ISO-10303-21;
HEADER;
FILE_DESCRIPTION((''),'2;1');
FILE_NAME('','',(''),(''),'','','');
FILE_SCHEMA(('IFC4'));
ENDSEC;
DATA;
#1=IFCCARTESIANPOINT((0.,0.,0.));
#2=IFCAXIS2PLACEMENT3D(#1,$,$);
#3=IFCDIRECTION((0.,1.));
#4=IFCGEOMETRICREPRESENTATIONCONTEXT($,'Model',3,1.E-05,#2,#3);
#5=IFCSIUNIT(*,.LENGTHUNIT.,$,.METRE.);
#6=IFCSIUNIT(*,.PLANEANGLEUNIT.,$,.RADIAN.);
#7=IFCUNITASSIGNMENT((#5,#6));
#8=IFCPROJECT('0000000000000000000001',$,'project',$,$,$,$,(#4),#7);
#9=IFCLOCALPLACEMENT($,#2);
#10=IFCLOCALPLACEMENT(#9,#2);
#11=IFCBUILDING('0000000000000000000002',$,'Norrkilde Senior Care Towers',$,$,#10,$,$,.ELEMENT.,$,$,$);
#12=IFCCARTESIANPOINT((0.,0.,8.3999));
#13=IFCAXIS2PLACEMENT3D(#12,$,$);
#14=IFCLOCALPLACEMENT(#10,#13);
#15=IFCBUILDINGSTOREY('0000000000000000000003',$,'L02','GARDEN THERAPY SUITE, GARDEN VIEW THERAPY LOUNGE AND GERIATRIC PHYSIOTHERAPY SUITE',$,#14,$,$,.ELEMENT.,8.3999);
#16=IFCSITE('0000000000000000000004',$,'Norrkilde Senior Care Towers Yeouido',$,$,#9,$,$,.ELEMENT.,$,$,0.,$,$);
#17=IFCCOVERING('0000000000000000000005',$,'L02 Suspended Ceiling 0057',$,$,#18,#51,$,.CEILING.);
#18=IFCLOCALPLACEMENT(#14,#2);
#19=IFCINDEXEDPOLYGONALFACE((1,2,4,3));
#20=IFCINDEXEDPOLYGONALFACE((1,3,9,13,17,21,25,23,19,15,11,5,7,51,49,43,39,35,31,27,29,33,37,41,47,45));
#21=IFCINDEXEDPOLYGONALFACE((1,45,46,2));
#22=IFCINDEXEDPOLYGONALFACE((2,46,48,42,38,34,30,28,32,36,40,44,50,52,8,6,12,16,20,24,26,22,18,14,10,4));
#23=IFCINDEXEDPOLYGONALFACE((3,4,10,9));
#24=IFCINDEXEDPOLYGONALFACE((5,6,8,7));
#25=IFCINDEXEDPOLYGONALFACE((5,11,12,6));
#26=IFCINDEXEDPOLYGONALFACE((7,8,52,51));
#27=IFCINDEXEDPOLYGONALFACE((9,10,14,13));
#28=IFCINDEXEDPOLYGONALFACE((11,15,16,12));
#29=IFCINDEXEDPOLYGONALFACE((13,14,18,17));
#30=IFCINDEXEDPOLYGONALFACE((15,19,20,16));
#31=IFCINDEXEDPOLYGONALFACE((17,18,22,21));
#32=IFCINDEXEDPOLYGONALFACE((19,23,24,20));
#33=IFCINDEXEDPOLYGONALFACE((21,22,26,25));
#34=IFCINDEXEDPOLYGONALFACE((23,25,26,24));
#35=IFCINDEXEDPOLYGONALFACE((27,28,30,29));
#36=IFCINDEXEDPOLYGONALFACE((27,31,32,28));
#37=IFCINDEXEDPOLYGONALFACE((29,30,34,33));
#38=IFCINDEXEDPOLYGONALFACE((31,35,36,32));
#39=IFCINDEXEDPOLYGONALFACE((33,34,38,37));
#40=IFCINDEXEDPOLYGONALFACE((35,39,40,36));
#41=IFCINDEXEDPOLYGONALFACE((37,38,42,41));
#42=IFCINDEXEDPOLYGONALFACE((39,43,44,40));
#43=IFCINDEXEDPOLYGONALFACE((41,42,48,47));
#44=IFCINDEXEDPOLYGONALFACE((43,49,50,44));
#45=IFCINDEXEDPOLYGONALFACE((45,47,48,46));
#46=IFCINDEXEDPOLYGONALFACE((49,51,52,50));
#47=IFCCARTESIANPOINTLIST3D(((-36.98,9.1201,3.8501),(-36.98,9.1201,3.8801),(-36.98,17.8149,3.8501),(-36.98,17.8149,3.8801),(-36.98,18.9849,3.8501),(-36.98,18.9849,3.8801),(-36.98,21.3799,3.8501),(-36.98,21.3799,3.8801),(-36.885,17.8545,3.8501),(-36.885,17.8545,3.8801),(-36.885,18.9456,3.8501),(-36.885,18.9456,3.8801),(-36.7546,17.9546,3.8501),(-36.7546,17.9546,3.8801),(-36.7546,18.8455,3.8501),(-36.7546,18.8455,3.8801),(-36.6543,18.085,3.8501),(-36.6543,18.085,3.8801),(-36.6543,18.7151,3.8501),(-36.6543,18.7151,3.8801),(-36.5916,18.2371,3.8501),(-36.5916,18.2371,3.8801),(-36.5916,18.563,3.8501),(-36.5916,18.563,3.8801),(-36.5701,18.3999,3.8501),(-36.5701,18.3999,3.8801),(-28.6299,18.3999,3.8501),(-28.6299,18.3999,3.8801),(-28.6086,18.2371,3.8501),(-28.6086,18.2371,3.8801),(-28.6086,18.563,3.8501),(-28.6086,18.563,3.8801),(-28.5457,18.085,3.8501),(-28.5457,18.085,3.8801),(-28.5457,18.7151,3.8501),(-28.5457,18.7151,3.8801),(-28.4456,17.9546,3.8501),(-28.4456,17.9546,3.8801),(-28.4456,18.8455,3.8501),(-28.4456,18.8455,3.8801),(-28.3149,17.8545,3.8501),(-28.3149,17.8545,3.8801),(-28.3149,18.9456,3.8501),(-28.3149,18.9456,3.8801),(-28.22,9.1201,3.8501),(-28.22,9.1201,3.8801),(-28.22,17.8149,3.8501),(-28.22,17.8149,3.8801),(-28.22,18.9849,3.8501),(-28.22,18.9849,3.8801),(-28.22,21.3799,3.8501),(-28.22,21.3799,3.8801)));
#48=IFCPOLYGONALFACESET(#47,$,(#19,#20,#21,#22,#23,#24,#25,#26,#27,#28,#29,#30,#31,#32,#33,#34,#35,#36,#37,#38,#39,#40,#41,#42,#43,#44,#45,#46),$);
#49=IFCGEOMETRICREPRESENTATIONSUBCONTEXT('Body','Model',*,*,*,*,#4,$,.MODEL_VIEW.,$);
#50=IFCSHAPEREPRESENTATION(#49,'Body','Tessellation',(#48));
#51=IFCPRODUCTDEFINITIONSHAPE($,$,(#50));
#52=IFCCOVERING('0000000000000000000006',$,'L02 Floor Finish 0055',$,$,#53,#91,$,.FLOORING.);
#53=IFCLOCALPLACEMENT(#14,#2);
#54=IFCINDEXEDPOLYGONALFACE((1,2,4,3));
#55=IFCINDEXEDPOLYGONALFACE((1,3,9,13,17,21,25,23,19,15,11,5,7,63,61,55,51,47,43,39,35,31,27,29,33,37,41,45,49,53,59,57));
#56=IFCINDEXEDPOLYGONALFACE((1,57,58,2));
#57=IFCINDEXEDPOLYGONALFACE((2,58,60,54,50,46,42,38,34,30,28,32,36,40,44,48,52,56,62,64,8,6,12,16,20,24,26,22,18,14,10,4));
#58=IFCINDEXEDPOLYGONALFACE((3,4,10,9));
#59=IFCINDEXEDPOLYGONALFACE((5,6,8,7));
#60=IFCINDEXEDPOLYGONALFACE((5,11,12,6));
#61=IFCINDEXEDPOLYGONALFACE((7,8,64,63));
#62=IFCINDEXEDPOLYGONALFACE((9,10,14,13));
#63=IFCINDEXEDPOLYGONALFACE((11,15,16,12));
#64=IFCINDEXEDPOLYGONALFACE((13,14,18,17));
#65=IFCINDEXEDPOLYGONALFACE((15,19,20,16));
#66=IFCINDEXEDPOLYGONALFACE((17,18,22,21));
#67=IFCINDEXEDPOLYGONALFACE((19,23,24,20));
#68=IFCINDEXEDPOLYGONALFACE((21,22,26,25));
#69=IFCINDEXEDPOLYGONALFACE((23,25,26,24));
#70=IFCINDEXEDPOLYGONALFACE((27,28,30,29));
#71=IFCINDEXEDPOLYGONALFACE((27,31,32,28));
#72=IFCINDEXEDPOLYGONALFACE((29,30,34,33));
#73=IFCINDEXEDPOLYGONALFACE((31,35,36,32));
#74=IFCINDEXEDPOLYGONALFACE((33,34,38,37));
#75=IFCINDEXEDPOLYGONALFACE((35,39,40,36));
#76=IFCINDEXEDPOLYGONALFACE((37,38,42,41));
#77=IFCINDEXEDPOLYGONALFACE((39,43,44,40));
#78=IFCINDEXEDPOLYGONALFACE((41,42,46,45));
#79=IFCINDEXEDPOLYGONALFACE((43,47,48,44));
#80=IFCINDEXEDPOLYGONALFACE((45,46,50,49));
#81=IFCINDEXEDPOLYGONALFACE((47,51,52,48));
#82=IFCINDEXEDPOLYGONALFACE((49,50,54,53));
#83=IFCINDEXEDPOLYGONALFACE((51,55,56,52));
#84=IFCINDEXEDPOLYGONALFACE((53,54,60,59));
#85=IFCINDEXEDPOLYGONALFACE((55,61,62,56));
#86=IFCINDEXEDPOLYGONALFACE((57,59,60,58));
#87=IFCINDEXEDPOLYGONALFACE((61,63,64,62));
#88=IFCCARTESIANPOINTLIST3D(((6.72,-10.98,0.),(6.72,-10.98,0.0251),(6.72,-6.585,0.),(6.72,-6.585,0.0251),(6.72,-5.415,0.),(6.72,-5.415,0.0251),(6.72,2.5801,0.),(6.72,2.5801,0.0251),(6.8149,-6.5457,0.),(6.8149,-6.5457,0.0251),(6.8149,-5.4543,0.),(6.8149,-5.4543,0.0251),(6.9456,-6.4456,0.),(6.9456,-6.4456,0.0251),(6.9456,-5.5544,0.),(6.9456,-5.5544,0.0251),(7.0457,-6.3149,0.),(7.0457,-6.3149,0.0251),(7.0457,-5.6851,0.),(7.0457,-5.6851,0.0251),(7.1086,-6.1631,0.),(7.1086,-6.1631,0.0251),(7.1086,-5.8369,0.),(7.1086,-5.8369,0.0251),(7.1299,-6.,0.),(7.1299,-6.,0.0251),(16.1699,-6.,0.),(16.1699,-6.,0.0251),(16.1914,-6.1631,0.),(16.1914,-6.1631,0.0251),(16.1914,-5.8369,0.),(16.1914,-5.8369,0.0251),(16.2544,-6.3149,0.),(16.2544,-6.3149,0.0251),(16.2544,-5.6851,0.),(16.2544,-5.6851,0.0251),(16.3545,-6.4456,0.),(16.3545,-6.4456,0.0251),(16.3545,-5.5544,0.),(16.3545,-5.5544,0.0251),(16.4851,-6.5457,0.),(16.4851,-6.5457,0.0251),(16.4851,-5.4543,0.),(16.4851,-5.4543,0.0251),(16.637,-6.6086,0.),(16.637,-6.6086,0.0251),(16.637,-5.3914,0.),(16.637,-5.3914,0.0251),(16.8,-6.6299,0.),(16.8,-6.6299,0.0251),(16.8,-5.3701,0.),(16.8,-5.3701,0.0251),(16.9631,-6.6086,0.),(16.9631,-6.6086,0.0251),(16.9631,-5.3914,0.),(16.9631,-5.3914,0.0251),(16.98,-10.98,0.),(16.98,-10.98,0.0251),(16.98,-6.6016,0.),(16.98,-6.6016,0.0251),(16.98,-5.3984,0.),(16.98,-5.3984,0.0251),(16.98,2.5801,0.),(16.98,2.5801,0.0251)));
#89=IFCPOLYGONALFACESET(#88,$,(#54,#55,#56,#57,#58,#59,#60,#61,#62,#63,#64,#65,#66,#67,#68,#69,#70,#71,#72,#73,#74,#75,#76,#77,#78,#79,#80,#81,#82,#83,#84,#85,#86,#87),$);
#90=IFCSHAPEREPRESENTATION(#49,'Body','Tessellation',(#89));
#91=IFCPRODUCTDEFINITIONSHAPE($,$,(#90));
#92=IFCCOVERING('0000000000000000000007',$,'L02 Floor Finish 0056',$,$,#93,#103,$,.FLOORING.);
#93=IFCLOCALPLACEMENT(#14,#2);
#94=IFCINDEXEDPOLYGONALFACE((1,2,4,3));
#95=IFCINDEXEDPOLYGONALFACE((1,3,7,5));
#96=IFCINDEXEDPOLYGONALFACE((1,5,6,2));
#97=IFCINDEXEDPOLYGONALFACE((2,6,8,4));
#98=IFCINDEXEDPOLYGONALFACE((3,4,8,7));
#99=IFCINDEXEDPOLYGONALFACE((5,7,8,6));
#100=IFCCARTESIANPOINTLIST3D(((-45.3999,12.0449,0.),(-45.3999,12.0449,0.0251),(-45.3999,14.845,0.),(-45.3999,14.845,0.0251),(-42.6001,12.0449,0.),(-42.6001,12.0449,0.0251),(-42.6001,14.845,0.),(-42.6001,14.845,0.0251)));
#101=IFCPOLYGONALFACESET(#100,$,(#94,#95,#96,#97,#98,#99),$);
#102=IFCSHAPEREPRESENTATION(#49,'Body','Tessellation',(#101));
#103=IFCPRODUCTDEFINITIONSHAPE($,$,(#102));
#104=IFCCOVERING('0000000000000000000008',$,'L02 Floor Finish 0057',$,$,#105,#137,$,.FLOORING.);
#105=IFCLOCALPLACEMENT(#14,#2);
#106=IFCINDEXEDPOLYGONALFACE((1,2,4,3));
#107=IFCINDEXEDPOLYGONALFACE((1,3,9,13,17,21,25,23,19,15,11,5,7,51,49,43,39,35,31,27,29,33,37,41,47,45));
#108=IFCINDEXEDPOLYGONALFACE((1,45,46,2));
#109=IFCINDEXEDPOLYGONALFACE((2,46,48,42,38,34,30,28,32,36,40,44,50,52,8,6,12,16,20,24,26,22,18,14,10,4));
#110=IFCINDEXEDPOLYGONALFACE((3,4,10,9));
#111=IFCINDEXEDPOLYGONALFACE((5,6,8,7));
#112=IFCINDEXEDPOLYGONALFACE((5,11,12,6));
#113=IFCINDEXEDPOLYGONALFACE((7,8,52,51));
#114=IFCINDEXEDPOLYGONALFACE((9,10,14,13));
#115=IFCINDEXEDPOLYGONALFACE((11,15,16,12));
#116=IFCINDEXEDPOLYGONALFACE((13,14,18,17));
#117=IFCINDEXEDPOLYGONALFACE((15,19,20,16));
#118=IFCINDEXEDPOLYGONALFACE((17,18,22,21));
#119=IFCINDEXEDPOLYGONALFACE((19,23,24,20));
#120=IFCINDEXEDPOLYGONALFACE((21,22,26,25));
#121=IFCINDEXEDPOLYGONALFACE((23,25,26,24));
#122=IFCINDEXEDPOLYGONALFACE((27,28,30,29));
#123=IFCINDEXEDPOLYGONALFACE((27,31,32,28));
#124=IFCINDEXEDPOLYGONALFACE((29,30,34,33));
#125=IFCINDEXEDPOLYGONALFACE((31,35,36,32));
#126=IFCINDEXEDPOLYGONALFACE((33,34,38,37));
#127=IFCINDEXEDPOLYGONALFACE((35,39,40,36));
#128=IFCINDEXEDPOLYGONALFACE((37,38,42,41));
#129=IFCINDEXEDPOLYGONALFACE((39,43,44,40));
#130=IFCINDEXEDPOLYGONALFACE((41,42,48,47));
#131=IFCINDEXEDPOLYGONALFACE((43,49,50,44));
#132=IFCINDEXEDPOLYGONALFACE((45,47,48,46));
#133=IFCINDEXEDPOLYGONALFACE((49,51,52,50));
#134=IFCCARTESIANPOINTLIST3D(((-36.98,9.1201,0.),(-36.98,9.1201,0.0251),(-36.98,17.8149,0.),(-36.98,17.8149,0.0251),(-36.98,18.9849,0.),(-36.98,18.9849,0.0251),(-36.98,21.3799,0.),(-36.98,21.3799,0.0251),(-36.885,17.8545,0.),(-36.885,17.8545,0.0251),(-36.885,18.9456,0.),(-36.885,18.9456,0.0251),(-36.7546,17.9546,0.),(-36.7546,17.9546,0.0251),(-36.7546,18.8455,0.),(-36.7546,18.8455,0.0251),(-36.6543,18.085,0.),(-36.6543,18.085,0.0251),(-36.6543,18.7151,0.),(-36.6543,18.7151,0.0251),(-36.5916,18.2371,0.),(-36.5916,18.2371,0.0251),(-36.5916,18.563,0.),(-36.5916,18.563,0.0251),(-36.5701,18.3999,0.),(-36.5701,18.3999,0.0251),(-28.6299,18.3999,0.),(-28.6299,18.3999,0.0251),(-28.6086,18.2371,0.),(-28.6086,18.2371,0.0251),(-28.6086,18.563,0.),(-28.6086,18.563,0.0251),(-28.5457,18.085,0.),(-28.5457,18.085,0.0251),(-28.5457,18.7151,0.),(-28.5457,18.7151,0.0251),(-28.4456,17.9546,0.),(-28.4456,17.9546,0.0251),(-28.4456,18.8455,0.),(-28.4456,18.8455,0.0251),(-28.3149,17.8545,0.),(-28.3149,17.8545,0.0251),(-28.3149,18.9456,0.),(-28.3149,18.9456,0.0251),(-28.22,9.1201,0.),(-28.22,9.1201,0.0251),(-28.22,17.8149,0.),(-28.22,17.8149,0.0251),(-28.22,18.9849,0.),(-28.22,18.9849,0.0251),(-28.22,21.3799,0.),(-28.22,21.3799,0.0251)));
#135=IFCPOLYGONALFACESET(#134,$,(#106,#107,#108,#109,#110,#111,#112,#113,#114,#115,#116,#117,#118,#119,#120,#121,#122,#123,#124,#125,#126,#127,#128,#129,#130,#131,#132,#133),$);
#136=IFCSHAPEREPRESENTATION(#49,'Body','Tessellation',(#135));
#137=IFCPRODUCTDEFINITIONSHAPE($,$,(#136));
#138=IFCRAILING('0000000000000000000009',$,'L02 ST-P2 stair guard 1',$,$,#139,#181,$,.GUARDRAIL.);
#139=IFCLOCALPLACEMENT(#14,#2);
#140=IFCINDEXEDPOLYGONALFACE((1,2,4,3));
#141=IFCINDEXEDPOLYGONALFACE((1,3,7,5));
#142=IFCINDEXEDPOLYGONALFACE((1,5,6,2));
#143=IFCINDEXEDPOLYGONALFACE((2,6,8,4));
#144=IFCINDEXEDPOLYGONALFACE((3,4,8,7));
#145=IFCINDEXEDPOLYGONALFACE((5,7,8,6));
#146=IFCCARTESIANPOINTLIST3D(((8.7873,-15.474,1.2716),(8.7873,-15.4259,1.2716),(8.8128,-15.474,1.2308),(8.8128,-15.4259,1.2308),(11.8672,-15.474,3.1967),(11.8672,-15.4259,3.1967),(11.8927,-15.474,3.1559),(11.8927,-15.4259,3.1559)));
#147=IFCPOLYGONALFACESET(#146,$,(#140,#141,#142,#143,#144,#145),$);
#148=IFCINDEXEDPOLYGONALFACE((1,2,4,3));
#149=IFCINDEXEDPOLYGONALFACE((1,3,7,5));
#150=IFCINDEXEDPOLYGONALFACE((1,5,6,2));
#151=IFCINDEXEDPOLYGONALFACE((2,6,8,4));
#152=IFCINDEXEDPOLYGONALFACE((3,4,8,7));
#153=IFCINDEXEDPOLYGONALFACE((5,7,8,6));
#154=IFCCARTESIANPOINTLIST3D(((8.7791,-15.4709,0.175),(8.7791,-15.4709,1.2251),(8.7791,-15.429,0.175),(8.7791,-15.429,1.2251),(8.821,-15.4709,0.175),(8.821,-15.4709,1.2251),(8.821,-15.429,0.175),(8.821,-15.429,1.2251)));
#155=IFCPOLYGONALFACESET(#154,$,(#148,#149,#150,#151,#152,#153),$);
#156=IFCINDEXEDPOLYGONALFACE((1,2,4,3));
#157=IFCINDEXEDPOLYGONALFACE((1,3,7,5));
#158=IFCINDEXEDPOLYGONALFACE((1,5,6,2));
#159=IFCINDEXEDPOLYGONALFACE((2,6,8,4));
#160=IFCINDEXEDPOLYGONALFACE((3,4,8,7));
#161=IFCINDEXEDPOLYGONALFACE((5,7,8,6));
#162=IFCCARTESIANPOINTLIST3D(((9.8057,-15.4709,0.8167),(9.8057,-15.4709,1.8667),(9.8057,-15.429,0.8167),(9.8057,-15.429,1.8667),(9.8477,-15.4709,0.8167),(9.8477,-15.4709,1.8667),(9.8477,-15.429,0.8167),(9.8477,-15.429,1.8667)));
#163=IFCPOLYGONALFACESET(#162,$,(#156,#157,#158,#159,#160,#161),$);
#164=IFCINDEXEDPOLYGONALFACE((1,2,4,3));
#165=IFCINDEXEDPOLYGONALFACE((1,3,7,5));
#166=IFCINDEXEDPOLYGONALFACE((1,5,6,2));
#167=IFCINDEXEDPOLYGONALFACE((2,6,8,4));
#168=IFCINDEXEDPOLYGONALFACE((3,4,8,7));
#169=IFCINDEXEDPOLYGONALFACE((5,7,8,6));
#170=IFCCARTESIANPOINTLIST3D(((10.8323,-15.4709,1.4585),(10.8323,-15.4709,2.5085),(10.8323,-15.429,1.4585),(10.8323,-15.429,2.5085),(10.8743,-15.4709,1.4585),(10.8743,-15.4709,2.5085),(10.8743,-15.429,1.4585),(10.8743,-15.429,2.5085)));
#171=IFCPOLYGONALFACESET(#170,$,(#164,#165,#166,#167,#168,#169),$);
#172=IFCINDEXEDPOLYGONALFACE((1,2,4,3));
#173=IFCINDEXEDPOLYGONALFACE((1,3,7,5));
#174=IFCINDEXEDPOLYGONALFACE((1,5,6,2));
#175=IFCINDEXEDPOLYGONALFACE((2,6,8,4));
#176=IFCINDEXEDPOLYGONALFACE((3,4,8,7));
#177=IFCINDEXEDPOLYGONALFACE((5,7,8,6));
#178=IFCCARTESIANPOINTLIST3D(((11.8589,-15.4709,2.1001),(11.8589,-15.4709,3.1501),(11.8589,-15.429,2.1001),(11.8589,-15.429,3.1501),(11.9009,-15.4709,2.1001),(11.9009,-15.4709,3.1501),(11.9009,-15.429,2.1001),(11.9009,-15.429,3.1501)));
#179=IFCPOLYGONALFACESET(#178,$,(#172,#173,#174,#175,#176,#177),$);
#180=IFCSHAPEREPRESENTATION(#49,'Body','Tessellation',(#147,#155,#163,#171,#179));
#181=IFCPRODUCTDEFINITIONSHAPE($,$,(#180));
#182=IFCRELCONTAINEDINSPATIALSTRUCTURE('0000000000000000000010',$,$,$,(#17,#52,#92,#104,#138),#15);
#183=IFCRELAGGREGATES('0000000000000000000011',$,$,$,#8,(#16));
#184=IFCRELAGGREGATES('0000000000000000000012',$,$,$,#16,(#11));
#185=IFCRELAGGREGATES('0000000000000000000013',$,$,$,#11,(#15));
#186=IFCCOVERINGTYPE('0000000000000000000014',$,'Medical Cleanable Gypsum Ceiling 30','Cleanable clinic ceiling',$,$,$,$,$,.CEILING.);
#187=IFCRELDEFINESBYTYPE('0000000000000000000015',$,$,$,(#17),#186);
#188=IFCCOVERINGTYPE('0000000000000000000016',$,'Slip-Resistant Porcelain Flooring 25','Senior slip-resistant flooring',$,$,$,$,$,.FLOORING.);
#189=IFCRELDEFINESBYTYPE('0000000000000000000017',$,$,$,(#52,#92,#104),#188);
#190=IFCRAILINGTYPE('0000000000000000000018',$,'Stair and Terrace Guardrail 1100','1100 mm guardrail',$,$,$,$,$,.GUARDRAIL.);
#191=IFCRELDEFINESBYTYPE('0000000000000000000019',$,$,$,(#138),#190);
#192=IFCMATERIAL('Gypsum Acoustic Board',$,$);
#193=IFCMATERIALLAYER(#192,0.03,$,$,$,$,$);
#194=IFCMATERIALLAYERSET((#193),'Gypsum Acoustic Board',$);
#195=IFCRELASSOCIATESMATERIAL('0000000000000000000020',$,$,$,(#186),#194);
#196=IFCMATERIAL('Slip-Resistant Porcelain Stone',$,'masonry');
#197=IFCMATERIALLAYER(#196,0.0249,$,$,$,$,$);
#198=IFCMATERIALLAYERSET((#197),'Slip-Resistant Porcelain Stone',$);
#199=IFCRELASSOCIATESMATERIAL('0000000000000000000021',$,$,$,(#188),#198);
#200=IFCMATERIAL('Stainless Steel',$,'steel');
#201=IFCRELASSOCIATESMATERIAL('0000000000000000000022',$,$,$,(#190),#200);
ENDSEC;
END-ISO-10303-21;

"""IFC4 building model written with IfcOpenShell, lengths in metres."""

from ifc_helpers import new_model, si_unit, direction, frame, origin, origin_2d, place, context, subcontext, project, spatial, polyline, rectangle, outline, extrude, material, layer, layer_set, type_object, element, save


model = new_model("IFC4")

# Units and contexts
model_context = context("Model", 3, precision=1e-05, world=origin(), true_north=direction((0.0, 1.0)))
body_context = subcontext(model_context, "Body", "Model", "MODEL_VIEW")
ifc_project = project(units=[si_unit("LENGTHUNIT", "METRE"), si_unit("PLANEANGLEUNIT", "RADIAN")], contexts=[model_context])

# Site, building, storey
site_placement = place(None, origin())
site = spatial("IfcSite", under=ifc_project, at=site_placement, Name="Norrkilde Senior Care Towers Yeouido", CompositionType="ELEMENT", RefElevation=0.0)
building_placement = place(site_placement, origin())
building = spatial("IfcBuilding", under=site, at=building_placement, Name="Norrkilde Senior Care Towers", CompositionType="ELEMENT")
storey_placement = place(building_placement, frame((0.0, 0.0, 8.3999)))
storey = spatial("IfcBuildingStorey", under=building, at=storey_placement, Name="L02", Description="GARDEN THERAPY SUITE, GARDEN VIEW THERAPY LOUNGE AND GERIATRIC PHYSIOTHERAPY SUITE", CompositionType="ELEMENT", Elevation=8.3999)

# Shared definitions
ifc_material_1 = material(Name="Gypsum Acoustic Board")

# Coverings
ifc_layer_1 = layer(ifc_material_1, 0.03)
ifc_layer_set_1 = layer_set([ifc_layer_1], Name="Gypsum Acoustic Board")
covering_type_1 = type_object("IfcCoveringType", Name="Medical Cleanable Gypsum Ceiling 30", Description="Cleanable clinic ceiling", PredefinedType="CEILING", material=ifc_layer_set_1)
covering_1_placement = place(storey_placement, frame((0.0, 0.0, 3.8501)))
element("IfcCovering", 1, at=covering_1_placement, inside=storey, type_object=covering_type_1, Name="L02 Suspended Ceiling 0057", PredefinedType="CEILING", context=body_context, shape_type="SweptSolid", body=[
    extrude(outline(polyline([(-36.98, 9.1201), (-36.98, 17.8149), (-36.885, 17.8545), (-36.7546, 17.9546), (-36.6543, 18.085), (-36.5916, 18.2371), (-36.5701, 18.3999), (-36.5916, 18.563), (-36.6543, 18.7151), (-36.7546, 18.8455), (-36.885, 18.9456), (-36.98, 18.9849), (-36.98, 21.3799), (-28.22, 21.3799), (-28.22, 18.9849), (-28.3149, 18.9456), (-28.4456, 18.8455), (-28.5457, 18.7151), (-28.6086, 18.563), (-28.6299, 18.3999), (-28.6086, 18.2371), (-28.5457, 18.085), (-28.4456, 17.9546), (-28.3149, 17.8545), (-28.22, 17.8149), (-28.22, 9.1201), (-36.98, 9.1201)])), origin(), (0.0, 0.0, 1.0), 0.03),
])
ifc_material_2 = material(Name="Slip-Resistant Porcelain Stone", Category="masonry")
ifc_layer_2 = layer(ifc_material_2, 0.0249)
ifc_layer_set_2 = layer_set([ifc_layer_2], Name="Slip-Resistant Porcelain Stone")
covering_type_2 = type_object("IfcCoveringType", Name="Slip-Resistant Porcelain Flooring 25", Description="Senior slip-resistant flooring", PredefinedType="FLOORING", material=ifc_layer_set_2)
covering_2_placement = place(storey_placement, origin())
element("IfcCovering", 2, at=covering_2_placement, inside=storey, type_object=covering_type_2, Name="L02 Floor Finish 0055", PredefinedType="FLOORING", context=body_context, shape_type="SweptSolid", body=[
    extrude(outline(polyline([(6.72, -10.98), (6.72, -6.585), (6.8149, -6.5457), (6.9456, -6.4456), (7.0457, -6.3149), (7.1086, -6.1631), (7.1299, -6.0), (7.1086, -5.8369), (7.0457, -5.6851), (6.9456, -5.5544), (6.8149, -5.4543), (6.72, -5.415), (6.72, 2.5801), (16.98, 2.5801), (16.98, -5.3984), (16.9631, -5.3914), (16.8, -5.3701), (16.637, -5.3914), (16.4851, -5.4543), (16.3545, -5.5544), (16.2544, -5.6851), (16.1914, -5.8369), (16.1699, -6.0), (16.1914, -6.1631), (16.2544, -6.3149), (16.3545, -6.4456), (16.4851, -6.5457), (16.637, -6.6086), (16.8, -6.6299), (16.9631, -6.6086), (16.98, -6.6016), (16.98, -10.98), (6.72, -10.98)])), origin(), (0.0, 0.0, 1.0), 0.0251),
])
covering_3_placement = place(storey_placement, origin())
element("IfcCovering", 3, at=covering_3_placement, inside=storey, type_object=covering_type_2, Name="L02 Floor Finish 0056", PredefinedType="FLOORING", context=body_context, shape_type="SweptSolid", body=[
    extrude(outline(polyline([(-45.3999, 12.0449), (-45.3999, 14.845), (-42.6001, 14.845), (-42.6001, 12.0449), (-45.3999, 12.0449)])), origin(), (0.0, 0.0, 1.0), 0.0251),
])
covering_4_placement = place(storey_placement, origin())
element("IfcCovering", 4, at=covering_4_placement, inside=storey, type_object=covering_type_2, Name="L02 Floor Finish 0057", PredefinedType="FLOORING", context=body_context, shape_type="SweptSolid", body=[
    extrude(outline(polyline([(-36.98, 9.1201), (-36.98, 17.8149), (-36.885, 17.8545), (-36.7546, 17.9546), (-36.6543, 18.085), (-36.5916, 18.2371), (-36.5701, 18.3999), (-36.5916, 18.563), (-36.6543, 18.7151), (-36.7546, 18.8455), (-36.885, 18.9456), (-36.98, 18.9849), (-36.98, 21.3799), (-28.22, 21.3799), (-28.22, 18.9849), (-28.3149, 18.9456), (-28.4456, 18.8455), (-28.5457, 18.7151), (-28.6086, 18.563), (-28.6299, 18.3999), (-28.6086, 18.2371), (-28.5457, 18.085), (-28.4456, 17.9546), (-28.3149, 17.8545), (-28.22, 17.8149), (-28.22, 9.1201), (-36.98, 9.1201)])), origin(), (0.0, 0.0, 1.0), 0.0251),
])

# Railing
ifc_material_3 = material(Name="Stainless Steel", Category="steel")
railing_type_1 = type_object("IfcRailingType", Name="Stair and Terrace Guardrail 1100", Description="1100 mm guardrail", PredefinedType="GUARDRAIL", material=ifc_material_3)
railing_1_placement = place(storey_placement, frame((8.8, -15.45, 0.175)))
element("IfcRailing", 5, at=railing_1_placement, inside=storey, type_object=railing_type_1, Name="L02 ST-P2 stair guard 1", PredefinedType="GUARDRAIL", context=body_context, shape_type="SweptSolid", body=[
    extrude(rectangle(XDim=0.0481, YDim=0.0481, at=origin_2d()), frame((0.0, 0.0, 1.0762), z_axis=(0.847979, 0.0, 0.530029), x_axis=(0.0, 1.0, 0.0)), (0.0, 0.0, 1.0), 3.6321),
    extrude(rectangle(XDim=0.042, YDim=0.042, at=origin_2d()), origin(), (0.0, 0.0, 1.0), 1.05),
    extrude(rectangle(XDim=0.042, YDim=0.042, at=origin_2d()), frame((1.0266, 0.0, 0.6416)), (0.0, 0.0, 1.0), 1.05),
    extrude(rectangle(XDim=0.042, YDim=0.042, at=origin_2d()), frame((2.0532, 0.0, 1.2834)), (0.0, 0.0, 1.0), 1.05),
    extrude(rectangle(XDim=0.042, YDim=0.042, at=origin_2d()), frame((3.0798, 0.0, 1.925)), (0.0, 0.0, 1.0), 1.05),
])

save(model, "model.ifc")
